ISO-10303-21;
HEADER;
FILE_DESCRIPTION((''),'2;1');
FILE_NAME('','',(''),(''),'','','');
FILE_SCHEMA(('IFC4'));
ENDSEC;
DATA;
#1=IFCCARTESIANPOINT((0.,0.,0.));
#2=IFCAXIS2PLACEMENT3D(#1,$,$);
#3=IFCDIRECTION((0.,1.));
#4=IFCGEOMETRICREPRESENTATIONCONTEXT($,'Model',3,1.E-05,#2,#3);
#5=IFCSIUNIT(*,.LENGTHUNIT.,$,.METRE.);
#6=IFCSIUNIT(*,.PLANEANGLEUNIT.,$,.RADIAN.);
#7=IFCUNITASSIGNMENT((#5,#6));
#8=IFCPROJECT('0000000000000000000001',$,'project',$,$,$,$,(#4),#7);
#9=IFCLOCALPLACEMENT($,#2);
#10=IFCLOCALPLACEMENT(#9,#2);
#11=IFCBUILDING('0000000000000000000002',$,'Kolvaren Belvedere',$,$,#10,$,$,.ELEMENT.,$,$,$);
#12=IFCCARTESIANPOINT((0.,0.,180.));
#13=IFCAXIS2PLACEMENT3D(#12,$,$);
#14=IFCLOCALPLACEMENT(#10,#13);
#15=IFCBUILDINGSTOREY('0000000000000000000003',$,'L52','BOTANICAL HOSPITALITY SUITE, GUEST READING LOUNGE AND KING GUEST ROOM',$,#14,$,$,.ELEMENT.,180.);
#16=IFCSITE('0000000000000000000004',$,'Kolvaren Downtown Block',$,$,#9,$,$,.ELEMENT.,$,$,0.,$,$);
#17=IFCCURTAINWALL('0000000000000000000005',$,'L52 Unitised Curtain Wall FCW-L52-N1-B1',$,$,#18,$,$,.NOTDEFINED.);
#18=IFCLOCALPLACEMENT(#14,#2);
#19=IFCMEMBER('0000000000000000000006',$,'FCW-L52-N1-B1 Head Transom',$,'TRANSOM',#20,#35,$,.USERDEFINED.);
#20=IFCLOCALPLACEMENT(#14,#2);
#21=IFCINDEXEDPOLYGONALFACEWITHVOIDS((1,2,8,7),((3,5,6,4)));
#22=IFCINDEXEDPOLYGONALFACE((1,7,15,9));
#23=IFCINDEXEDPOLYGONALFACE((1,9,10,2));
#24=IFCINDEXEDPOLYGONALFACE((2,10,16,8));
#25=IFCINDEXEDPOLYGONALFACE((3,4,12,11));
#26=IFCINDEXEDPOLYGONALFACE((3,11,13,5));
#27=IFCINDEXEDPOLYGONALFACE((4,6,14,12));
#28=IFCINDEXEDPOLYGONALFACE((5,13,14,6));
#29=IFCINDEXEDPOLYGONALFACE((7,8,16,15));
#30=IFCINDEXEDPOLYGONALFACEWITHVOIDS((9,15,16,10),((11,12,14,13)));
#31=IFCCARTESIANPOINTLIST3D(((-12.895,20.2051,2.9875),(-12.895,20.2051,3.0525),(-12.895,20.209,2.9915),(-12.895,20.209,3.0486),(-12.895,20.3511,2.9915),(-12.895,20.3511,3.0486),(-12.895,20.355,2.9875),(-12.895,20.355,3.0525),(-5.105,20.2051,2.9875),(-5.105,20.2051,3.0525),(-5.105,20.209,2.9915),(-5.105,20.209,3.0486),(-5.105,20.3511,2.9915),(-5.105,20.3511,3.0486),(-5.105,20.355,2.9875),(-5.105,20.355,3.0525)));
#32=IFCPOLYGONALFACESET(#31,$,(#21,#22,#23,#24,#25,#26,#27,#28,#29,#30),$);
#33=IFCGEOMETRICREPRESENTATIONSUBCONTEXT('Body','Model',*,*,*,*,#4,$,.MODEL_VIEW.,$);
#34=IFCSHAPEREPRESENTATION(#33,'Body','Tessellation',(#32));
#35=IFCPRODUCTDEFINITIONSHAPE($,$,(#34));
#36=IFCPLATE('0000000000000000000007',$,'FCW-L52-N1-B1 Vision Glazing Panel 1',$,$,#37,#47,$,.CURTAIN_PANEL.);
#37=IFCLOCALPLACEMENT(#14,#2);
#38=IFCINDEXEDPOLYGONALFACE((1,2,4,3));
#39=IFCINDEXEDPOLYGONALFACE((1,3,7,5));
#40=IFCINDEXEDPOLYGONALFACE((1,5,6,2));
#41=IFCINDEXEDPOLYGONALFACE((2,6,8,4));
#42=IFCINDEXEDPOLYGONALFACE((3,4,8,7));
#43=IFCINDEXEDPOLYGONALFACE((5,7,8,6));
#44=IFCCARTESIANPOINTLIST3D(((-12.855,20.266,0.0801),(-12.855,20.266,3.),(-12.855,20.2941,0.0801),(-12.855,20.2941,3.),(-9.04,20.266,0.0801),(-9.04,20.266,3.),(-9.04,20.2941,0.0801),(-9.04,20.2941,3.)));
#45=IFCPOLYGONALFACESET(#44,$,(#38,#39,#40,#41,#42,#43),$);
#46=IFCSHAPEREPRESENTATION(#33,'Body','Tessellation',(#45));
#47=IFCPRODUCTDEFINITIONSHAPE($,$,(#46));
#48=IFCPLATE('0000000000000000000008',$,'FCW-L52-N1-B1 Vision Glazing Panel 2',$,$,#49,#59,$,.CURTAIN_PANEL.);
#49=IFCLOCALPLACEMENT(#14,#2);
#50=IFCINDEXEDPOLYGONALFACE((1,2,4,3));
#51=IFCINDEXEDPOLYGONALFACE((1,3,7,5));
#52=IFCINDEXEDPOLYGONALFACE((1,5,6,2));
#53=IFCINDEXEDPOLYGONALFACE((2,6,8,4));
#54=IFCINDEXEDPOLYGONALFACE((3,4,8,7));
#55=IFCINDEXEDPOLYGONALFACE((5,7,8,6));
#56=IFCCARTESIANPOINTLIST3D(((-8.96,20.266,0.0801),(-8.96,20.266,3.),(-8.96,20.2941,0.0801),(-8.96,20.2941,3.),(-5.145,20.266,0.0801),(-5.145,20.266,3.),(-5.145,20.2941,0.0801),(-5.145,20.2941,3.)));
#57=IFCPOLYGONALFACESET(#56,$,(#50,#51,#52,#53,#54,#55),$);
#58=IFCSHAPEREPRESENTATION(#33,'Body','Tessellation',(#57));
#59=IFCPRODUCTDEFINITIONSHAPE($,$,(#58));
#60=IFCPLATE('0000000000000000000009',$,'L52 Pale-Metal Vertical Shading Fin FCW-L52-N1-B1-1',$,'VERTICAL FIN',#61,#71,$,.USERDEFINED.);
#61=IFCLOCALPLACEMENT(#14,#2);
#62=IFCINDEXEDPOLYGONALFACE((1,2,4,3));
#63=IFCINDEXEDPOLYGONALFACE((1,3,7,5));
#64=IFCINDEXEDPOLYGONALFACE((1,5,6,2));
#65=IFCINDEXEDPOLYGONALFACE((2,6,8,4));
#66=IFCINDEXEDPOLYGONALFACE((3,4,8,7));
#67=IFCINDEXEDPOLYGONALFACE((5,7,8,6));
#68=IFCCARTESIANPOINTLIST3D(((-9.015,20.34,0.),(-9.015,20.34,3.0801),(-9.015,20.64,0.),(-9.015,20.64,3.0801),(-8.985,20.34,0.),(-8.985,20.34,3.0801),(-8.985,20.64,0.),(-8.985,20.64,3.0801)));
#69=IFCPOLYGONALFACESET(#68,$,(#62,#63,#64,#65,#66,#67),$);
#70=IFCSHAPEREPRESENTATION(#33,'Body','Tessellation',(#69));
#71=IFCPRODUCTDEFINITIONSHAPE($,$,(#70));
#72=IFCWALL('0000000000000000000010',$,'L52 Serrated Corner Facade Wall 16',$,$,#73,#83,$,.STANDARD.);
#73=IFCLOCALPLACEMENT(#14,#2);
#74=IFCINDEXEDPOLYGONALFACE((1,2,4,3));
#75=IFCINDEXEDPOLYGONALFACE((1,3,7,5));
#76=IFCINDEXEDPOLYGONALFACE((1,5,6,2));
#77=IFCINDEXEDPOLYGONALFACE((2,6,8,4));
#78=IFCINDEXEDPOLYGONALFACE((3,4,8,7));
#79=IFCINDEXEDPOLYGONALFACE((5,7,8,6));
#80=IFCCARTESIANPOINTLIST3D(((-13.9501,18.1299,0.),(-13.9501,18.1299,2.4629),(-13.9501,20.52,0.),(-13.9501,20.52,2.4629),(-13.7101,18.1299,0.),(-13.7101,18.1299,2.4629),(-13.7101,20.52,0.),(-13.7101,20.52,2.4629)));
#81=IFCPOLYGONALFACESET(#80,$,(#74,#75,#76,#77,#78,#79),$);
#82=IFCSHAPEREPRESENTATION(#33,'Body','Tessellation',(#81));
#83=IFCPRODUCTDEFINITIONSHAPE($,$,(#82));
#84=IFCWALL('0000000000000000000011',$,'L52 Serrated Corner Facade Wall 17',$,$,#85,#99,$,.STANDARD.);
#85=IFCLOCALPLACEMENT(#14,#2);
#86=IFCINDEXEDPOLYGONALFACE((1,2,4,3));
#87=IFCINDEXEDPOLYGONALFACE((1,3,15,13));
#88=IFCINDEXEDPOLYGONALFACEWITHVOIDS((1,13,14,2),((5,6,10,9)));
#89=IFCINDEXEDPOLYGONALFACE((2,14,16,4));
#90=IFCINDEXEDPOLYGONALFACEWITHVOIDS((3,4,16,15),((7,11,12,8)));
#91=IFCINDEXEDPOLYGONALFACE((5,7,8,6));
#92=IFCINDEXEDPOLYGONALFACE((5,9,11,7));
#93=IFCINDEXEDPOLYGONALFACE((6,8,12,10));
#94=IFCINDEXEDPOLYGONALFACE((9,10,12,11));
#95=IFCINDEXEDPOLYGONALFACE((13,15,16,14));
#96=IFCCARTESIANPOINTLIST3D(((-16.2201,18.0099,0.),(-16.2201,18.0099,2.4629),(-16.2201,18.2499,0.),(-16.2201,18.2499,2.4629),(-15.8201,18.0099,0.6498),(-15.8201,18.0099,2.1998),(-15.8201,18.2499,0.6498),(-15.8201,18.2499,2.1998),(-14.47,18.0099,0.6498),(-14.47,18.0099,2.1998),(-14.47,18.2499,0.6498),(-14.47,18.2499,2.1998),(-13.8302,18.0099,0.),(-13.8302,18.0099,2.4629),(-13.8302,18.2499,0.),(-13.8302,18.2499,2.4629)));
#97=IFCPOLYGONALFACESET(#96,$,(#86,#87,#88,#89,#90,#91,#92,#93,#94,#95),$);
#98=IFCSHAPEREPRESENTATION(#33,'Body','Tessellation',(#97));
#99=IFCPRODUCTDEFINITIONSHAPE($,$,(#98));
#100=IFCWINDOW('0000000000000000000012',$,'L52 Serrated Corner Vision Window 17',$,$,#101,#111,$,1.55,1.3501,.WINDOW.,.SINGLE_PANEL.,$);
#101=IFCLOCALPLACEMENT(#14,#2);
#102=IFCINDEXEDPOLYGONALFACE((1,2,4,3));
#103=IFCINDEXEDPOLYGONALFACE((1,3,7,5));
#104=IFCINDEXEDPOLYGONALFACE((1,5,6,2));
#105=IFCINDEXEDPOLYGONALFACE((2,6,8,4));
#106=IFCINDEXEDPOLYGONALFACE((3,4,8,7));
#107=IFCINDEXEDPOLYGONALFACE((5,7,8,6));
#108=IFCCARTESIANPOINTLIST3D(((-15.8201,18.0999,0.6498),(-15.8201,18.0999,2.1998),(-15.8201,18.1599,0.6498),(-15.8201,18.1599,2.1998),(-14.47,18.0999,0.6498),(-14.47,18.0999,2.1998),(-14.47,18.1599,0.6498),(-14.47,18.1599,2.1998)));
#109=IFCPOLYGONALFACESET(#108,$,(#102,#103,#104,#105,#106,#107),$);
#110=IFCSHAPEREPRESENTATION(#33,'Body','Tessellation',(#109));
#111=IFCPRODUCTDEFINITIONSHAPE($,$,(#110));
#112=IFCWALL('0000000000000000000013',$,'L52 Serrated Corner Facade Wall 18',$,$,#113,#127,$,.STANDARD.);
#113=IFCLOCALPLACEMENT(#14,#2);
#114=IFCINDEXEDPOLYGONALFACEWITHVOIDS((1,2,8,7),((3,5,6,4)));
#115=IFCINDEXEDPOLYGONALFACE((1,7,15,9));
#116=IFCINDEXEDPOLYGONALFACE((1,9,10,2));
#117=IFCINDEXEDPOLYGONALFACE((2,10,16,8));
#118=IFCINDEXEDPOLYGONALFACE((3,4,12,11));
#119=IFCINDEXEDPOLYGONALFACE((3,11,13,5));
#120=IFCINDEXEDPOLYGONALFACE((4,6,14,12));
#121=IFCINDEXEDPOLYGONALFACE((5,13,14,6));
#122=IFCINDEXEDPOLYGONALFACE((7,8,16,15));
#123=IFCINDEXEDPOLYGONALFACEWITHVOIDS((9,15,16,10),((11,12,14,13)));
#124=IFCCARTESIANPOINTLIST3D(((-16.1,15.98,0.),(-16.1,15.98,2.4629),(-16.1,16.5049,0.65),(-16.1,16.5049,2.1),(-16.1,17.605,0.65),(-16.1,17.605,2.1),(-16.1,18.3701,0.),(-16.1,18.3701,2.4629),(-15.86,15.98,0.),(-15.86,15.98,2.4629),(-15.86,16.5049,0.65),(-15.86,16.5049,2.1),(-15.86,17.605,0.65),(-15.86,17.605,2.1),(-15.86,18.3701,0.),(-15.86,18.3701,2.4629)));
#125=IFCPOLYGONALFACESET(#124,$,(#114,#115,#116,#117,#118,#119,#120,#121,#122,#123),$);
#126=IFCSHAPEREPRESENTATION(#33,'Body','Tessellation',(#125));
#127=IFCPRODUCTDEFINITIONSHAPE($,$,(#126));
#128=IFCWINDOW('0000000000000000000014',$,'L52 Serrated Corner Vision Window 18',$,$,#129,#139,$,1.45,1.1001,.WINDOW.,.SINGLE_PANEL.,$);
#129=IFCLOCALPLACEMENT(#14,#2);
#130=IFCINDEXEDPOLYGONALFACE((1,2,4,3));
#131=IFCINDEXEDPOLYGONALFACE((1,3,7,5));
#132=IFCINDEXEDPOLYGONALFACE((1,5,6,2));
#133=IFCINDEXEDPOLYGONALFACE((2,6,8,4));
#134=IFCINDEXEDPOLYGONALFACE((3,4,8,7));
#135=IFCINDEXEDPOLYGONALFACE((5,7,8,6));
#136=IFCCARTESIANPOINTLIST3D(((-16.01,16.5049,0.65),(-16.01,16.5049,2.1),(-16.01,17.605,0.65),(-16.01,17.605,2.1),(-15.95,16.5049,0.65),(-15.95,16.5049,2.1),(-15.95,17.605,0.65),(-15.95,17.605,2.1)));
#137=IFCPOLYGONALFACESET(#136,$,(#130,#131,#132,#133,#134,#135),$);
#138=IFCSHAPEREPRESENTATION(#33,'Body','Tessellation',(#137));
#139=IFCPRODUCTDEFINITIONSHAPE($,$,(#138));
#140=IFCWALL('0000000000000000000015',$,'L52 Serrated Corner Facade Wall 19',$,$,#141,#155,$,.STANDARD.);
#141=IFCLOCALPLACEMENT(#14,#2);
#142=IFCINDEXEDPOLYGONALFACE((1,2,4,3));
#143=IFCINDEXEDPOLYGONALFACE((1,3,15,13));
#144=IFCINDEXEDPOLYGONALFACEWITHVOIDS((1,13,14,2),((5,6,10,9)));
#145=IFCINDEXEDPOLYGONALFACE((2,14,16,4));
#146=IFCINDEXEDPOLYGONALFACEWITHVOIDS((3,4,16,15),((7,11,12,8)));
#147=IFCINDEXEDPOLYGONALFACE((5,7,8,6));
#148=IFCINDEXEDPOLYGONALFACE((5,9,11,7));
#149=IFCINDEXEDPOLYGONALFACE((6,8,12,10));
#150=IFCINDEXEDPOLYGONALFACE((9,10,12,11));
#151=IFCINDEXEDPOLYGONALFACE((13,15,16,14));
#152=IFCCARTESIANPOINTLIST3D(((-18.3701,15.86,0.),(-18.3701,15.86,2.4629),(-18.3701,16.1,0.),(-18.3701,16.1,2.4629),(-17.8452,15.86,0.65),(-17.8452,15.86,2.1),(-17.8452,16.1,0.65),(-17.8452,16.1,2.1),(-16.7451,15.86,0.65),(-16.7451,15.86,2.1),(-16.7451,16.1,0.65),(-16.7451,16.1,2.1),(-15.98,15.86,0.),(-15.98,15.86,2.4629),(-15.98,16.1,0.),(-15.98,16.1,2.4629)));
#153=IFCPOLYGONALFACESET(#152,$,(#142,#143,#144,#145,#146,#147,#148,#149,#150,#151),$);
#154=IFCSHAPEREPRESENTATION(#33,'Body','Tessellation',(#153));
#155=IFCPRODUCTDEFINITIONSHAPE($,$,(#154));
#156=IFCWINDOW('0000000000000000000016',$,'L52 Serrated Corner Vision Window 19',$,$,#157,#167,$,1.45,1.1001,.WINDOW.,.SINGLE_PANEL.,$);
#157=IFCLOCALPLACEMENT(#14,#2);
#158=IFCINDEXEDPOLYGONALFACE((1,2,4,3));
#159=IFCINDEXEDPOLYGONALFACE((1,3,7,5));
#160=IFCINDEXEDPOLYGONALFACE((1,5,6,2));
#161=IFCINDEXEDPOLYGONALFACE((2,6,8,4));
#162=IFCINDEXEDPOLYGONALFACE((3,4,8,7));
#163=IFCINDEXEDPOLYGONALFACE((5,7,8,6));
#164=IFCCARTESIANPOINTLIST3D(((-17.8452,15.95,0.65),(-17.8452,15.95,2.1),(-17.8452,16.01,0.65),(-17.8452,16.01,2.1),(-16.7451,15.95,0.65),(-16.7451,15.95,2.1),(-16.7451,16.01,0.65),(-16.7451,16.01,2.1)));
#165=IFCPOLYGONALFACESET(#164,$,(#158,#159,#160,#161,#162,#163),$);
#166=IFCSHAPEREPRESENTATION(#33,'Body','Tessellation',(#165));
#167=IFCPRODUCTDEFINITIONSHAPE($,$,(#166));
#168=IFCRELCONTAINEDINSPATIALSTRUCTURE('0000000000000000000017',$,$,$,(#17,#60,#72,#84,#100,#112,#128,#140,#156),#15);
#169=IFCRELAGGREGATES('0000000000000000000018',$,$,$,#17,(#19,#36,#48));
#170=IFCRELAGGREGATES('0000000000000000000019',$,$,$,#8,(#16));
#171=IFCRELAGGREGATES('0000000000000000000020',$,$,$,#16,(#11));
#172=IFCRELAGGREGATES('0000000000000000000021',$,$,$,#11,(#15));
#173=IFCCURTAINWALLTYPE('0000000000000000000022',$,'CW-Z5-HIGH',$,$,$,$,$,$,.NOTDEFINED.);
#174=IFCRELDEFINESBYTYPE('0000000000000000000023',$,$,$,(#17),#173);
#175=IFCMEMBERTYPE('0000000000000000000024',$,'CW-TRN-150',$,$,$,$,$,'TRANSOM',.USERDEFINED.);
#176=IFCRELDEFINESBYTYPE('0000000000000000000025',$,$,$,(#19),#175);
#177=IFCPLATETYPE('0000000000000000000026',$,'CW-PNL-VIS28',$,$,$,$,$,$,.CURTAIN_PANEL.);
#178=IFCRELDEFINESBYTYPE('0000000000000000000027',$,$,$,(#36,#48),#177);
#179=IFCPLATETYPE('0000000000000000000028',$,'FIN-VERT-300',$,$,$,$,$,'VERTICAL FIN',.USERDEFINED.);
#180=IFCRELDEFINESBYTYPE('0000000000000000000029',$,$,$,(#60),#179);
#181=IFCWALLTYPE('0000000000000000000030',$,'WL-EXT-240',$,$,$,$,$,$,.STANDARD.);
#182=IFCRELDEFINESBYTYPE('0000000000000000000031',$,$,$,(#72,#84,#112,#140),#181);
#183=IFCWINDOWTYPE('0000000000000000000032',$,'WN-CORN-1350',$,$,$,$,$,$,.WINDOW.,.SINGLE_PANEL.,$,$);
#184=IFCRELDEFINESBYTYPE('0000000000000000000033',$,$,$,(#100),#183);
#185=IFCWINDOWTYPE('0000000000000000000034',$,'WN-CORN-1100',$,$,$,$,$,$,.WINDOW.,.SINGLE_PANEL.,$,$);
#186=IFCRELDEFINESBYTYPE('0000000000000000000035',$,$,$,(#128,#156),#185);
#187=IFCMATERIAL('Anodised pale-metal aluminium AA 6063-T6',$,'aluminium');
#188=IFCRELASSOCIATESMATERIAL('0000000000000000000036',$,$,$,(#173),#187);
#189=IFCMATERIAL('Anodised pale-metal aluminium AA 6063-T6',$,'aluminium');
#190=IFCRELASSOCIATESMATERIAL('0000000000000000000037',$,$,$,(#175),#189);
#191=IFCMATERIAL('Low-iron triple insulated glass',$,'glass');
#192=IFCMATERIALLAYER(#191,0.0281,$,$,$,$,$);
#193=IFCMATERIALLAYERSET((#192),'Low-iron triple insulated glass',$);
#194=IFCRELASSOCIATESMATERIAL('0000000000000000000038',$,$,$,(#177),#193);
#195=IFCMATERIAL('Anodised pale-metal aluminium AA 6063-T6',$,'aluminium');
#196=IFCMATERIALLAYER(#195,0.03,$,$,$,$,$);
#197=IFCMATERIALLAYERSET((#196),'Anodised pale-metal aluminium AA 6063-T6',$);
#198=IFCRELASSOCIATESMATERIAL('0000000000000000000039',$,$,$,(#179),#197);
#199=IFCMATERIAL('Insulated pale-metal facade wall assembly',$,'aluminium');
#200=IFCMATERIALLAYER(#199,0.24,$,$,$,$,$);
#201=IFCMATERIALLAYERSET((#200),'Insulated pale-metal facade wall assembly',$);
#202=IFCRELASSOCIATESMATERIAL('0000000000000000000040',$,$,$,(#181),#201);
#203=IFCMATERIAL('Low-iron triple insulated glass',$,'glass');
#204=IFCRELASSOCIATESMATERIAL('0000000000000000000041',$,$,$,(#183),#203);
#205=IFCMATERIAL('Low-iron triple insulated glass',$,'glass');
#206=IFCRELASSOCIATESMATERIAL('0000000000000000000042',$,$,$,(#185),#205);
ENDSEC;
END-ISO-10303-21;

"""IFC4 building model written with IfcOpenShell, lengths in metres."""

from ifc_helpers import new_model, si_unit, direction, frame, frame_2d, origin, origin_2d, place, context, subcontext, project, spatial, rectangle, hollow_rectangle, extrude, material, layer, layer_set, material_profile, profile_set, type_object, element, fill, aggregate, save


model = new_model("IFC4")

# Units and contexts
model_context = context("Model", 3, precision=1e-05, world=origin(), true_north=direction((0.0, 1.0)))
body_context = subcontext(model_context, "Body", "Model", "MODEL_VIEW")
ifc_project = project(units=[si_unit("LENGTHUNIT", "METRE"), si_unit("PLANEANGLEUNIT", "RADIAN")], contexts=[model_context])

# Site, building, storey
site_placement = place(None, origin())
site = spatial("IfcSite", under=ifc_project, at=site_placement, Name="Kolvaren Downtown Block", CompositionType="ELEMENT", RefElevation=0.0)
building_placement = place(site_placement, origin())
building = spatial("IfcBuilding", under=site, at=building_placement, Name="Kolvaren Belvedere", CompositionType="ELEMENT")
storey_placement = place(building_placement, frame((0.0, 0.0, 180.0)))
storey = spatial("IfcBuildingStorey", under=building, at=storey_placement, Name="L52", Description="BOTANICAL HOSPITALITY SUITE, GUEST READING LOUNGE AND KING GUEST ROOM", CompositionType="ELEMENT", Elevation=180.0)

# Curtain wall
ifc_material_1 = material(Name="Anodised pale-metal aluminium AA 6063-T6", Category="aluminium")
curtain_wall_type = type_object("IfcCurtainWallType", Name="CW-Z5-HIGH", PredefinedType="NOTDEFINED", material=ifc_material_1)
curtain_wall_1_placement = place(storey_placement, origin())
curtain_wall_1 = element("IfcCurtainWall", 1, at=curtain_wall_1_placement, inside=storey, type_object=curtain_wall_type, Name="L52 Unitised Curtain Wall FCW-L52-N1-B1", PredefinedType="NOTDEFINED")

# Member
ifc_material_2 = material(Name="Anodised pale-metal aluminium AA 6063-T6", Category="aluminium")
ifc_material_profile_1 = material_profile(ifc_material_2, hollow_rectangle(XDim=0.0649, YDim=0.1499, WallThickness=0.0039, at=origin_2d()), Name="ALU-TRN-150X65")
ifc_profile_set_1 = profile_set([ifc_material_profile_1], Name="Anodised pale-metal aluminium AA 6063-T6")
member_type_1 = type_object("IfcMemberType", Name="CW-TRN-150", ElementType="TRANSOM", PredefinedType="USERDEFINED", material=ifc_profile_set_1)
member_1_placement = place(storey_placement, frame((-12.895, 20.28, 3.02), z_axis=(1.0, 0.0, 0.0), x_axis=(0.0, 0.0, 1.0)))
member_1 = element("IfcMember", 2, at=member_1_placement, type_object=member_type_1, Name="FCW-L52-N1-B1 Head Transom", ObjectType="TRANSOM", PredefinedType="USERDEFINED", context=body_context, shape_type="SweptSolid", body=[
    extrude(hollow_rectangle(XDim=0.0649, YDim=0.1499, WallThickness=0.0039, at=origin_2d()), origin(), (0.0, 0.0, 1.0), 7.79),
])

# Plates
ifc_material_3 = material(Name="Low-iron triple insulated glass", Category="glass")
ifc_layer_1 = layer(ifc_material_3, 0.0281)
ifc_layer_set_1 = layer_set([ifc_layer_1], Name="Low-iron triple insulated glass")
plate_type_1 = type_object("IfcPlateType", Name="CW-PNL-VIS28", PredefinedType="CURTAIN_PANEL", material=ifc_layer_set_1)
plate_1_placement = place(storey_placement, frame((-10.9475, 20.28, 0.0801), z_axis=(0.0, 0.0, 1.0), x_axis=(1.0, 0.0, 0.0)))
plate_1 = element("IfcPlate", 3, at=plate_1_placement, type_object=plate_type_1, Name="FCW-L52-N1-B1 Vision Glazing Panel 1", PredefinedType="CURTAIN_PANEL", context=body_context, shape_type="SweptSolid", body=[
    extrude(rectangle(XDim=3.8149, YDim=0.0281, at=origin_2d()), origin(), (0.0, 0.0, 1.0), 2.9199),
])
plate_2_placement = place(storey_placement, frame((-7.0525, 20.28, 0.0801), z_axis=(0.0, 0.0, 1.0), x_axis=(1.0, 0.0, 0.0)))
plate_2 = element("IfcPlate", 4, at=plate_2_placement, type_object=plate_type_1, Name="FCW-L52-N1-B1 Vision Glazing Panel 2", PredefinedType="CURTAIN_PANEL", context=body_context, shape_type="SweptSolid", body=[
    extrude(rectangle(XDim=3.8149, YDim=0.0281, at=origin_2d()), origin(), (0.0, 0.0, 1.0), 2.9199),
])
aggregate(curtain_wall_1, [member_1, plate_1, plate_2])
ifc_material_4 = material(Name="Anodised pale-metal aluminium AA 6063-T6", Category="aluminium")
ifc_layer_2 = layer(ifc_material_4, 0.03)
ifc_layer_set_2 = layer_set([ifc_layer_2], Name="Anodised pale-metal aluminium AA 6063-T6")
plate_type_2 = type_object("IfcPlateType", Name="FIN-VERT-300", ElementType="VERTICAL FIN", PredefinedType="USERDEFINED", material=ifc_layer_set_2)
plate_3_placement = place(storey_placement, frame((-9.0, 20.49, 0.0), z_axis=(0.0, 0.0, 1.0), x_axis=(0.0, 1.0, 0.0)))
element("IfcPlate", 5, at=plate_3_placement, inside=storey, type_object=plate_type_2, Name="L52 Pale-Metal Vertical Shading Fin FCW-L52-N1-B1-1", ObjectType="VERTICAL FIN", PredefinedType="USERDEFINED", context=body_context, shape_type="SweptSolid", body=[
    extrude(rectangle(XDim=0.3, YDim=0.03, at=origin_2d()), origin(), (0.0, 0.0, 1.0), 3.0801),
])

# Wall
ifc_material_5 = material(Name="Insulated pale-metal facade wall assembly", Category="aluminium")
ifc_layer_3 = layer(ifc_material_5, 0.24)
ifc_layer_set_3 = layer_set([ifc_layer_3], Name="Insulated pale-metal facade wall assembly")
wall_type_1 = type_object("IfcWallType", Name="WL-EXT-240", PredefinedType="STANDARD", material=ifc_layer_set_3)
wall_1_placement = place(storey_placement, frame((-13.8301, 18.1299, 0.0), z_axis=(0.0, 0.0, 1.0), x_axis=(0.0, 1.0, 0.0)))
element("IfcWall", 6, at=wall_1_placement, inside=storey, type_object=wall_type_1, Name="L52 Serrated Corner Facade Wall 16", PredefinedType="STANDARD", context=body_context, shape_type="SweptSolid", body=[
    extrude(rectangle(XDim=2.3901, YDim=0.24, at=frame_2d((1.1951, 0.0))), origin(), (0.0, 0.0, 1.0), 2.4629),
])

# Walls, openings, windows
wall_2_placement = place(storey_placement, frame((-16.22, 18.1299, 0.0), z_axis=(0.0, 0.0, 1.0), x_axis=(1.0, 0.0, 0.0)))
wall_2 = element("IfcWall", 7, at=wall_2_placement, inside=storey, type_object=wall_type_1, Name="L52 Serrated Corner Facade Wall 17", PredefinedType="STANDARD", context=body_context, shape_type="SweptSolid", body=[
    extrude(rectangle(XDim=2.3899, YDim=0.24, at=frame_2d((1.1948, 0.0))), origin(), (0.0, 0.0, 1.0), 2.4629),
])
opening_1_placement = place(wall_2_placement, frame((0.3999, 0.0, 0.6499)))
opening_1 = element("IfcOpeningElement", 8, at=opening_1_placement, cuts=wall_2, PredefinedType="OPENING", context=body_context, shape_type="SweptSolid", body=[
    extrude(rectangle(XDim=1.3501, YDim=1.55, at=frame_2d((0.675, 0.7749))), frame((0.0, 0.1299, 0.0), z_axis=(0.0, -1.0, 0.0), x_axis=(1.0, 0.0, 0.0)), (0.0, 0.0, 1.0), 0.26),
])
ifc_material_6 = material(Name="Low-iron triple insulated glass", Category="glass")
window_type_1 = type_object("IfcWindowType", Name="WN-CORN-1350", PartitioningType="SINGLE_PANEL", PredefinedType="WINDOW", material=ifc_material_6)
window_1_placement = place(opening_1_placement, origin())
window_1 = element("IfcWindow", 9, at=window_1_placement, inside=storey, type_object=window_type_1, Name="L52 Serrated Corner Vision Window 17", OverallHeight=1.55, OverallWidth=1.3501, PartitioningType="SINGLE_PANEL", PredefinedType="WINDOW", context=body_context, shape_type="SweptSolid", body=[
    extrude(rectangle(XDim=1.3501, YDim=1.55, at=frame_2d((0.675, 0.7749))), frame((0.0, 0.03, 0.0), z_axis=(0.0, -1.0, 0.0), x_axis=(1.0, 0.0, 0.0)), (0.0, 0.0, 1.0), 0.0601),
])
fill(opening_1, window_1)
wall_3_placement = place(storey_placement, frame((-15.98, 15.98, 0.0), z_axis=(0.0, 0.0, 1.0), x_axis=(0.0, 1.0, 0.0)))
wall_3 = element("IfcWall", 10, at=wall_3_placement, inside=storey, type_object=wall_type_1, Name="L52 Serrated Corner Facade Wall 18", PredefinedType="STANDARD", context=body_context, shape_type="SweptSolid", body=[
    extrude(rectangle(XDim=2.3901, YDim=0.24, at=frame_2d((1.1951, 0.0))), origin(), (0.0, 0.0, 1.0), 2.4629),
])
opening_2_placement = place(wall_3_placement, frame((0.5249, 0.0, 0.6499)))
opening_2 = element("IfcOpeningElement", 11, at=opening_2_placement, cuts=wall_3, PredefinedType="OPENING", context=body_context, shape_type="SweptSolid", body=[
    extrude(rectangle(XDim=1.1001, YDim=1.45, at=frame_2d((0.55, 0.7251))), frame((0.0, 0.1299, 0.0), z_axis=(0.0, -1.0, 0.0), x_axis=(1.0, 0.0, 0.0)), (0.0, 0.0, 1.0), 0.26),
])
ifc_material_7 = material(Name="Low-iron triple insulated glass", Category="glass")
window_type_2 = type_object("IfcWindowType", Name="WN-CORN-1100", PartitioningType="SINGLE_PANEL", PredefinedType="WINDOW", material=ifc_material_7)
window_2_placement = place(opening_2_placement, origin())
window_2 = element("IfcWindow", 12, at=window_2_placement, inside=storey, type_object=window_type_2, Name="L52 Serrated Corner Vision Window 18", OverallHeight=1.45, OverallWidth=1.1001, PartitioningType="SINGLE_PANEL", PredefinedType="WINDOW", context=body_context, shape_type="SweptSolid", body=[
    extrude(rectangle(XDim=1.1001, YDim=1.45, at=frame_2d((0.55, 0.7251))), frame((0.0, 0.03, 0.0), z_axis=(0.0, -1.0, 0.0), x_axis=(1.0, 0.0, 0.0)), (0.0, 0.0, 1.0), 0.0601),
])
fill(opening_2, window_2)
wall_4_placement = place(storey_placement, frame((-18.3701, 15.98, 0.0), z_axis=(0.0, 0.0, 1.0), x_axis=(1.0, 0.0, 0.0)))
wall_4 = element("IfcWall", 13, at=wall_4_placement, inside=storey, type_object=wall_type_1, Name="L52 Serrated Corner Facade Wall 19", PredefinedType="STANDARD", context=body_context, shape_type="SweptSolid", body=[
    extrude(rectangle(XDim=2.3901, YDim=0.24, at=frame_2d((1.1951, 0.0))), origin(), (0.0, 0.0, 1.0), 2.4629),
])
opening_3_placement = place(wall_4_placement, frame((0.5249, 0.0, 0.6499)))
opening_3 = element("IfcOpeningElement", 14, at=opening_3_placement, cuts=wall_4, PredefinedType="OPENING", context=body_context, shape_type="SweptSolid", body=[
    extrude(rectangle(XDim=1.1001, YDim=1.45, at=frame_2d((0.55, 0.7251))), frame((0.0, 0.1299, 0.0), z_axis=(0.0, -1.0, 0.0), x_axis=(1.0, 0.0, 0.0)), (0.0, 0.0, 1.0), 0.26),
])
window_3_placement = place(opening_3_placement, origin())
window_3 = element("IfcWindow", 15, at=window_3_placement, inside=storey, type_object=window_type_2, Name="L52 Serrated Corner Vision Window 19", OverallHeight=1.45, OverallWidth=1.1001, PartitioningType="SINGLE_PANEL", PredefinedType="WINDOW", context=body_context, shape_type="SweptSolid", body=[
    extrude(rectangle(XDim=1.1001, YDim=1.45, at=frame_2d((0.55, 0.7251))), frame((0.0, 0.03, 0.0), z_axis=(0.0, -1.0, 0.0), x_axis=(1.0, 0.0, 0.0)), (0.0, 0.0, 1.0), 0.0601),
])
fill(opening_3, window_3)

save(model, "model.ifc")
